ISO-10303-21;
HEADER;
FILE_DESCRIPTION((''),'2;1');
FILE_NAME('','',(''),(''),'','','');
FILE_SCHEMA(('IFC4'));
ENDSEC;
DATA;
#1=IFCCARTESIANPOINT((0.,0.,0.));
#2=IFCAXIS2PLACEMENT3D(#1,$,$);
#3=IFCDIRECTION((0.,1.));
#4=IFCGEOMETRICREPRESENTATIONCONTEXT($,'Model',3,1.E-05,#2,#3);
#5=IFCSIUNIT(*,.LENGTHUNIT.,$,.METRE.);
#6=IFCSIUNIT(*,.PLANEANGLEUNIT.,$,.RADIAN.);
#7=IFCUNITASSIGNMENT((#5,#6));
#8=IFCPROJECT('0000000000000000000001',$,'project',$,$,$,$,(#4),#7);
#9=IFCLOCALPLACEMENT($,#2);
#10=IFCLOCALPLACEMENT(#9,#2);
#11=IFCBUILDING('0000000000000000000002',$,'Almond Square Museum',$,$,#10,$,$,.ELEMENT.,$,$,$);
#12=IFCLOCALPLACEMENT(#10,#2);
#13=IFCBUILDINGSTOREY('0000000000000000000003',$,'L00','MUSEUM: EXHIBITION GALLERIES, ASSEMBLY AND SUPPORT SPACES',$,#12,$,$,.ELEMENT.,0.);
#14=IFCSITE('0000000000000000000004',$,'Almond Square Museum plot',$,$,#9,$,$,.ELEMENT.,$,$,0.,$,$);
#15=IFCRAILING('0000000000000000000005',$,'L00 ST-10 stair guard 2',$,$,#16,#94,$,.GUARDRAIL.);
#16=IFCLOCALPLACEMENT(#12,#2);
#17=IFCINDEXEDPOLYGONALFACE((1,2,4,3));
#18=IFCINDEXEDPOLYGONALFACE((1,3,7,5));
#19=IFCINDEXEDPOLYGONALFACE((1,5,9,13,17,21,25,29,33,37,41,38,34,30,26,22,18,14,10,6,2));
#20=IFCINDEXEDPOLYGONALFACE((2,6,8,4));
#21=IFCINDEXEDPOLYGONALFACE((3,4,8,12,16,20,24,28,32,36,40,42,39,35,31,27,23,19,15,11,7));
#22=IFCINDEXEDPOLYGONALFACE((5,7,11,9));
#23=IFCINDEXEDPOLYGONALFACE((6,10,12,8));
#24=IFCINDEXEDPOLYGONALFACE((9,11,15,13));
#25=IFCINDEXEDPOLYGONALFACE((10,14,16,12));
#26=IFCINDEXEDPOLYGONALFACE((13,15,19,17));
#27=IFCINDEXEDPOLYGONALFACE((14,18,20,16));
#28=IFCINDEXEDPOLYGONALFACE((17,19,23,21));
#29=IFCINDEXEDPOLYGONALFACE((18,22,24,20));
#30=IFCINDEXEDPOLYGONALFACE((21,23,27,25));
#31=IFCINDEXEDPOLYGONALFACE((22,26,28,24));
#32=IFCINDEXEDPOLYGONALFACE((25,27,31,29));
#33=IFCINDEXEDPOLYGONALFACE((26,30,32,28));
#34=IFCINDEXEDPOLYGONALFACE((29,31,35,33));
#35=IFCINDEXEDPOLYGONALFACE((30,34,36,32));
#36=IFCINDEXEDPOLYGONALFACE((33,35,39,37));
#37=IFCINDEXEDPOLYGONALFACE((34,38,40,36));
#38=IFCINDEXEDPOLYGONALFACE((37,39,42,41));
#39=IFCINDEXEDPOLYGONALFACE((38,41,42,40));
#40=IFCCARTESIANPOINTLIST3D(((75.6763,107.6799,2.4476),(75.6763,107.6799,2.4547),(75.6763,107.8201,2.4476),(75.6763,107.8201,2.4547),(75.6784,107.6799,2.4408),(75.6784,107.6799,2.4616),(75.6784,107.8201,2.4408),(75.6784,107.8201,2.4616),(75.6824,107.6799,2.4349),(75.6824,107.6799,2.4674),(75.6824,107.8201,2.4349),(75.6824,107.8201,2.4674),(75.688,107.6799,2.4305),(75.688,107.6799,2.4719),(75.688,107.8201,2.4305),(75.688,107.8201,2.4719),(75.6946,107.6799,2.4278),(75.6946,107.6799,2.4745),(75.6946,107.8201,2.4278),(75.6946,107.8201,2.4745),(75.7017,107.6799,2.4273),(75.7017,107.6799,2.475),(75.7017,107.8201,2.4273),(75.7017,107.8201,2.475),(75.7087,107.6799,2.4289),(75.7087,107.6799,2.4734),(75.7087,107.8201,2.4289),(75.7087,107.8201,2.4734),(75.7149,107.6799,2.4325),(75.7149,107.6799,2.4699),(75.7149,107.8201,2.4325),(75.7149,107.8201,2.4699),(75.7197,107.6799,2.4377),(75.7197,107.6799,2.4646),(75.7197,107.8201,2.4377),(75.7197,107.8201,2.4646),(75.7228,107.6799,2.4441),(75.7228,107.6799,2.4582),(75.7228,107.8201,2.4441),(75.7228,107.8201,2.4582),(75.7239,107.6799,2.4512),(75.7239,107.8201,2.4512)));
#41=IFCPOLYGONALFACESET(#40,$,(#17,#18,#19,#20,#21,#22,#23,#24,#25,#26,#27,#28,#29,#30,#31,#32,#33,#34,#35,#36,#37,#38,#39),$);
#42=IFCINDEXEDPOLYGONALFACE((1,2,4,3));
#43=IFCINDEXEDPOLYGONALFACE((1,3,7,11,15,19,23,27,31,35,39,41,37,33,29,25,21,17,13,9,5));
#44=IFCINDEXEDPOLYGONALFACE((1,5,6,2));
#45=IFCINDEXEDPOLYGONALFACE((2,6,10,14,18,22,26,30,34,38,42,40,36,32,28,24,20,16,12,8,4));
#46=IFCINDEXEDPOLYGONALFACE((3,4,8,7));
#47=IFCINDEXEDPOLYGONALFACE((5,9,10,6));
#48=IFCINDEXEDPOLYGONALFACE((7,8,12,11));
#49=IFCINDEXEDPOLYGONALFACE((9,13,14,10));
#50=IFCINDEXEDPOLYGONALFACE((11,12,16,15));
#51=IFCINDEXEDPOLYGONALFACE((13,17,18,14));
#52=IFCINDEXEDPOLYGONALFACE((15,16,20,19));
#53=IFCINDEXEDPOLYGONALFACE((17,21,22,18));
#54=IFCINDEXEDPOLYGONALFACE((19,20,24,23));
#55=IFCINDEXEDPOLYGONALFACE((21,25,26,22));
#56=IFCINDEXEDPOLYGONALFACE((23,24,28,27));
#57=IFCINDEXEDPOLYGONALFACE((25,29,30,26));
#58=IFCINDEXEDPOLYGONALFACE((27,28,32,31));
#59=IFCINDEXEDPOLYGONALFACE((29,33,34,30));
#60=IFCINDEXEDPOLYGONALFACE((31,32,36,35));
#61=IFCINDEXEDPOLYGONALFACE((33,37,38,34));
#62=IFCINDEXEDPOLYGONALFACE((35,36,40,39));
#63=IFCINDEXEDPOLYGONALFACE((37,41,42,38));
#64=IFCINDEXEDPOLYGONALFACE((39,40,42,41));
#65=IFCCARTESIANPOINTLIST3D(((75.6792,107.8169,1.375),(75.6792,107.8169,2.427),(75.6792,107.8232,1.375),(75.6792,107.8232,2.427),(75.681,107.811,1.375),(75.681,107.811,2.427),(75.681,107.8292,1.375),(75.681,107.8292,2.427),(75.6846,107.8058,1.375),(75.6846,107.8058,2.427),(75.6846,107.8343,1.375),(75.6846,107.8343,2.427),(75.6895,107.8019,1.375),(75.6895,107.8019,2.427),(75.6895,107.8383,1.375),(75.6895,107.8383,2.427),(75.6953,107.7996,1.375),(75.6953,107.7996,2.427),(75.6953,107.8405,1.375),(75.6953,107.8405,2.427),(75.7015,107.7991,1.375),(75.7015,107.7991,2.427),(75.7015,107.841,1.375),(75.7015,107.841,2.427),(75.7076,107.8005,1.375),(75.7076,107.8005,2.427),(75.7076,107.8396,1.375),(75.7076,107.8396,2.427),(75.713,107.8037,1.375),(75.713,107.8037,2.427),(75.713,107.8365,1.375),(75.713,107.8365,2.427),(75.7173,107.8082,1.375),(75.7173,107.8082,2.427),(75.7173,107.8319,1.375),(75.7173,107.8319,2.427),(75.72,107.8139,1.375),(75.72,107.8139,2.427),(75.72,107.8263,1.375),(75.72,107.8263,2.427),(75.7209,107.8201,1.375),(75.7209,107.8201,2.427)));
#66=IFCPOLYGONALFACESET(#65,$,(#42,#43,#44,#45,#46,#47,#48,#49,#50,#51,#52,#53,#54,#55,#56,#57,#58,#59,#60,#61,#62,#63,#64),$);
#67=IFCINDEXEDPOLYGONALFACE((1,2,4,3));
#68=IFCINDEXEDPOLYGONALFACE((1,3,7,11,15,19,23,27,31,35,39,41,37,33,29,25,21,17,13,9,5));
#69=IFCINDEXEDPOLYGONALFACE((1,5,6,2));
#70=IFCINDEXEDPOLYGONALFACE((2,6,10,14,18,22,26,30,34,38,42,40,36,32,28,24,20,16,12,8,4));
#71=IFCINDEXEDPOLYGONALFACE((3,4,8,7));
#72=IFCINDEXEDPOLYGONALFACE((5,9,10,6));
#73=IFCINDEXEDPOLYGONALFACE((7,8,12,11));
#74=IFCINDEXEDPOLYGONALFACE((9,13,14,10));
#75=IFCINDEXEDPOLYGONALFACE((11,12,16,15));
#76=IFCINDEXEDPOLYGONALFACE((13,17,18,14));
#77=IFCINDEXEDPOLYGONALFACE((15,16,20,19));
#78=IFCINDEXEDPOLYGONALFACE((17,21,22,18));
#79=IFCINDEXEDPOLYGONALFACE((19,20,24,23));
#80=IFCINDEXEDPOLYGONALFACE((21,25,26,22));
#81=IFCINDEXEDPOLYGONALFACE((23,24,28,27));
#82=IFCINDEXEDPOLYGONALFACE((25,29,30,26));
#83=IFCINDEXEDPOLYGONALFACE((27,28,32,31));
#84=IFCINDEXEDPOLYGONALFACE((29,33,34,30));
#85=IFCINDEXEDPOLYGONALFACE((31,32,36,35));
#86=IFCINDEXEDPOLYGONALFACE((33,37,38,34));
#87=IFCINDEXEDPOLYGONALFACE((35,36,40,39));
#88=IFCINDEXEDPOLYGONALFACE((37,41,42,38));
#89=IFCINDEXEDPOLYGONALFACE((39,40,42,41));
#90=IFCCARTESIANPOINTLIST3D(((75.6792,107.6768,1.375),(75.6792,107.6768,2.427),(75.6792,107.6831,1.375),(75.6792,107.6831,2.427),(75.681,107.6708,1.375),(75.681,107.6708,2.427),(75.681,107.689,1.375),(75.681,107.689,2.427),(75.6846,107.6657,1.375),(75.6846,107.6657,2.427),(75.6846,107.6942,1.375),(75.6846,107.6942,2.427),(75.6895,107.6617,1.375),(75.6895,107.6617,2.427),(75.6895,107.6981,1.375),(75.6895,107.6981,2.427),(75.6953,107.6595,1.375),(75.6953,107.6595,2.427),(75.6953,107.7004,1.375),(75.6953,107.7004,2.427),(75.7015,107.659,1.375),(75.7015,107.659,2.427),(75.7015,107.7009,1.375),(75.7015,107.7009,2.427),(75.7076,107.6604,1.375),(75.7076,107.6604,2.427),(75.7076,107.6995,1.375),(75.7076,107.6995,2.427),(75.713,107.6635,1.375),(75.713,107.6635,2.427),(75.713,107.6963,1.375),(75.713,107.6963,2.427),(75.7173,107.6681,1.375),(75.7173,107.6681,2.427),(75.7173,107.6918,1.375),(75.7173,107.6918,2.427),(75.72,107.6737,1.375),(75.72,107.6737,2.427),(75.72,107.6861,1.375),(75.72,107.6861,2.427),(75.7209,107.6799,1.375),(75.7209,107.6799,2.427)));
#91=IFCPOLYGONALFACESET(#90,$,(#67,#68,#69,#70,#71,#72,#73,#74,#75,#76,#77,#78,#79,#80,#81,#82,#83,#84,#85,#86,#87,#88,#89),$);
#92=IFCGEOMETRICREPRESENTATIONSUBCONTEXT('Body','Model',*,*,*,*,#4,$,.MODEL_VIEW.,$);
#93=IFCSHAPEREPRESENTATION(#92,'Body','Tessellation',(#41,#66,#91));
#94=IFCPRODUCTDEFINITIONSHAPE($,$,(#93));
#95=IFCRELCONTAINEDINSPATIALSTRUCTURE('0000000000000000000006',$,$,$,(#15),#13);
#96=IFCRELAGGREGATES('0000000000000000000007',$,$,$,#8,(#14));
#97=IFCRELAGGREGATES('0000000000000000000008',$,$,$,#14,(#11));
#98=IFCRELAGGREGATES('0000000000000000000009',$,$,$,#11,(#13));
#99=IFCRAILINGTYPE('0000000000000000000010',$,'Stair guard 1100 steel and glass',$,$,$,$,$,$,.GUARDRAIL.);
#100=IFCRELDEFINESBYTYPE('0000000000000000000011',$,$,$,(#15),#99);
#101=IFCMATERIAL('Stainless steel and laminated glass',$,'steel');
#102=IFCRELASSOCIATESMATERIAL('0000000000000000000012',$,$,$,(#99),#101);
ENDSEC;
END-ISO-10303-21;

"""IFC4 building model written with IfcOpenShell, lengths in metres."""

from ifc_helpers import new_model, si_unit, direction, frame, origin, origin_2d, place, context, subcontext, project, spatial, circle, extrude, material, type_object, element, save


model = new_model("IFC4")

# Units and contexts
model_context = context("Model", 3, precision=1e-05, world=origin(), true_north=direction((0.0, 1.0)))
body_context = subcontext(model_context, "Body", "Model", "MODEL_VIEW")
ifc_project = project(units=[si_unit("LENGTHUNIT", "METRE"), si_unit("PLANEANGLEUNIT", "RADIAN")], contexts=[model_context])

# Site, building, storey
site_placement = place(None, origin())
site = spatial("IfcSite", under=ifc_project, at=site_placement, Name="Almond Square Museum plot", CompositionType="ELEMENT", RefElevation=0.0)
building_placement = place(site_placement, origin())
building = spatial("IfcBuilding", under=site, at=building_placement, Name="Almond Square Museum", CompositionType="ELEMENT")
storey_placement = place(building_placement, origin())
storey = spatial("IfcBuildingStorey", under=building, at=storey_placement, Name="L00", Description="MUSEUM: EXHIBITION GALLERIES, ASSEMBLY AND SUPPORT SPACES", CompositionType="ELEMENT", Elevation=0.0)

# Railing
ifc_material_1 = material(Name="Stainless steel and laminated glass", Category="steel")
railing_type_1 = type_object("IfcRailingType", Name="Stair guard 1100 steel and glass", PredefinedType="GUARDRAIL", material=ifc_material_1)
railing_1_placement = place(storey_placement, frame((75.7, 107.8201, 1.375)))
element("IfcRailing", 1, at=railing_1_placement, inside=storey, type_object=railing_type_1, Name="L00 ST-10 stair guard 2", PredefinedType="GUARDRAIL", context=body_context, shape_type="SweptSolid", body=[
    extrude(circle(Radius=0.0239, at=origin_2d()), frame((0.0, 0.0, 1.0762), z_axis=(0.0, -1.0, 0.0), x_axis=(1.0, 0.0, 0.0)), (0.0, 0.0, 1.0), 0.1401),
    extrude(circle(Radius=0.021, at=origin_2d()), origin(), (0.0, 0.0, 1.0), 1.052),
    extrude(circle(Radius=0.021, at=origin_2d()), frame((0.0, -0.1401, 0.0)), (0.0, 0.0, 1.0), 1.052),
])

save(model, "model.ifc")
